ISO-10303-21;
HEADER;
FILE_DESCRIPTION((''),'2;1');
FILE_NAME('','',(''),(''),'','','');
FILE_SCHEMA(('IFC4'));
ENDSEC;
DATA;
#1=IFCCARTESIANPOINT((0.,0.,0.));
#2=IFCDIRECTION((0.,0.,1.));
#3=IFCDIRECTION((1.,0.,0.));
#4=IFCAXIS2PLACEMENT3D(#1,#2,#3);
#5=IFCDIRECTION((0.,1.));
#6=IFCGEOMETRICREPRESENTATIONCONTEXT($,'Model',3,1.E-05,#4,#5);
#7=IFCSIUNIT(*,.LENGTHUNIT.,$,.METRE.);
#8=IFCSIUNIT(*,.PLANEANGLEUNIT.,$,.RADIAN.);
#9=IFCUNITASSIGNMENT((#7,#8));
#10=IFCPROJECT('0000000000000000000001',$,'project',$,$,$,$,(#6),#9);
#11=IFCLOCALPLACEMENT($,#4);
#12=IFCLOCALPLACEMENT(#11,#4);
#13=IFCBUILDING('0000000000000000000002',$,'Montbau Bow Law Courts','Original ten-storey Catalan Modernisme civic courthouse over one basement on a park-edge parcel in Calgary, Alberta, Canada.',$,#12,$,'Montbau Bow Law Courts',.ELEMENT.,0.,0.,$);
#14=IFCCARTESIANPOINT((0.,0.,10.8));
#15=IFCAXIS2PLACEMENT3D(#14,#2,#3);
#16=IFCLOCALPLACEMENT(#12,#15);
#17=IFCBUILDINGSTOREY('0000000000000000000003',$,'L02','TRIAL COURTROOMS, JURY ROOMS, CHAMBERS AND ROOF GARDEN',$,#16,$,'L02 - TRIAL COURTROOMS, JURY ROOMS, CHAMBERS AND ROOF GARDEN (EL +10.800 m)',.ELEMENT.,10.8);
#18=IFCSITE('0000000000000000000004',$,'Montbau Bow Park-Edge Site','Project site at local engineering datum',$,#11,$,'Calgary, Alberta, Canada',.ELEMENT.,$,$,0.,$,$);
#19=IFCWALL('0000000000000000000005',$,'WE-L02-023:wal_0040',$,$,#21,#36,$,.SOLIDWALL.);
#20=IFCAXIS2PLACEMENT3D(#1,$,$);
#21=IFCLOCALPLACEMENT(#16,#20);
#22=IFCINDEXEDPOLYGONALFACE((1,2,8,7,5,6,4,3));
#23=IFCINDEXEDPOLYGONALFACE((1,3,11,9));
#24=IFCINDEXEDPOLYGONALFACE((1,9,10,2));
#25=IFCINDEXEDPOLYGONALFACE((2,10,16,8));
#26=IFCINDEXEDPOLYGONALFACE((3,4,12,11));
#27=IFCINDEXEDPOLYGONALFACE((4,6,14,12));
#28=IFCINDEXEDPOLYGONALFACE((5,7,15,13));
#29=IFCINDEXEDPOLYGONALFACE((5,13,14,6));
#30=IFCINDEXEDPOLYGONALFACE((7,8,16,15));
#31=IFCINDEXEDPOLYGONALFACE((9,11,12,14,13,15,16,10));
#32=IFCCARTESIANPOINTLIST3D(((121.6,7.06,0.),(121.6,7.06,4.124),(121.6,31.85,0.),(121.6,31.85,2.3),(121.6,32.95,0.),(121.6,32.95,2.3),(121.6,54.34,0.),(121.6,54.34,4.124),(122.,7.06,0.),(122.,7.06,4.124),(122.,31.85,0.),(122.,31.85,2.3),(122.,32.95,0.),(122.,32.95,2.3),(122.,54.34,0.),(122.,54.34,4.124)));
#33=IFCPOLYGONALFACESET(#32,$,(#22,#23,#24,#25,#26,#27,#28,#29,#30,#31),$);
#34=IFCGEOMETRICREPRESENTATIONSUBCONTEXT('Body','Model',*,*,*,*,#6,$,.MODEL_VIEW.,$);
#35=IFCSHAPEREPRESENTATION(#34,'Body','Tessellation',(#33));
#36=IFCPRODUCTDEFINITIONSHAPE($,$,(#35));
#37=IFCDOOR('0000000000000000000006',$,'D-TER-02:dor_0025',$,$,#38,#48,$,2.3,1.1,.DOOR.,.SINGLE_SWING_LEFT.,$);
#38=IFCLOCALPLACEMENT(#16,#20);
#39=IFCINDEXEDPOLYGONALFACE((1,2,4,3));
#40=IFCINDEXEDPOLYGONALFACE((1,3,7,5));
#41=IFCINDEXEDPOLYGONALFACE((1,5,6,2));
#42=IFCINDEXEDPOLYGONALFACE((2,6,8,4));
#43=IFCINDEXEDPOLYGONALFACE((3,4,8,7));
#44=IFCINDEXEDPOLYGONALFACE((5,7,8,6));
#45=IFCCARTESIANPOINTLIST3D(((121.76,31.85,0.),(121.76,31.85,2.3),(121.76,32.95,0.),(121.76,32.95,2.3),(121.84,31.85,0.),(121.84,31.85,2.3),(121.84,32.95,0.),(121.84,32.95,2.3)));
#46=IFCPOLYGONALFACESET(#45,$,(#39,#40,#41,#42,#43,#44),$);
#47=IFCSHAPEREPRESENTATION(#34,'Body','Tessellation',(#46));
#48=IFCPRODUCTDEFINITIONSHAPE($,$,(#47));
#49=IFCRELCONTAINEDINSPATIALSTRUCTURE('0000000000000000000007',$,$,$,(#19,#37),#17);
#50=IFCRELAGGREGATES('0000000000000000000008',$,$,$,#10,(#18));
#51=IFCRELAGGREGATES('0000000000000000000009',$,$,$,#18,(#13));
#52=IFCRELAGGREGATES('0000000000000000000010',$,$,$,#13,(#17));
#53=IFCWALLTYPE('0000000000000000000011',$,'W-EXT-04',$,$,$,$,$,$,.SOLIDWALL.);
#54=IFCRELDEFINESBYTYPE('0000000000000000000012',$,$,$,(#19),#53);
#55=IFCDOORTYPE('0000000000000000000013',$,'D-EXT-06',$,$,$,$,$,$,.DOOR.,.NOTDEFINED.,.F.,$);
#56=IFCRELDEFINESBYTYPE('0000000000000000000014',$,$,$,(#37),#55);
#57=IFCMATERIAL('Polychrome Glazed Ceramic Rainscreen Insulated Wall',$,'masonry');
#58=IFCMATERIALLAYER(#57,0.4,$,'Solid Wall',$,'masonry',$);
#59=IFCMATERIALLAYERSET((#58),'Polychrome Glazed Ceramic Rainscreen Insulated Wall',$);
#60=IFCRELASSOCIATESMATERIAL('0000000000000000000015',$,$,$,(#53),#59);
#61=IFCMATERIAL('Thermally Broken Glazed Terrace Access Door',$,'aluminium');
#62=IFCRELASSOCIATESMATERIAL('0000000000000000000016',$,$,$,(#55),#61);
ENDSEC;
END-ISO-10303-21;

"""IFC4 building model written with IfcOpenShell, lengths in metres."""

from ifc_helpers import new_model, si_unit, direction, frame, frame_2d, origin_with_axes, place, context, subcontext, project, spatial, rectangle, extrude, material, layer, layer_set, type_object, element, fill, save


model = new_model("IFC4")

# Units and contexts
model_context = context("Model", 3, precision=1e-05, world=origin_with_axes(), true_north=direction((0.0, 1.0)))
body_context = subcontext(model_context, "Body", "Model", "MODEL_VIEW")
ifc_project = project(units=[si_unit("LENGTHUNIT", "METRE"), si_unit("PLANEANGLEUNIT", "RADIAN")], contexts=[model_context])

# Site, building, storey
site_placement = place(None, origin_with_axes())
site = spatial("IfcSite", under=ifc_project, at=site_placement, Name="Montbau Bow Park-Edge Site", Description="Project site at local engineering datum", LongName="Calgary, Alberta, Canada", CompositionType="ELEMENT", RefElevation=0.0)
building_placement = place(site_placement, origin_with_axes())
building = spatial("IfcBuilding", under=site, at=building_placement, Name="Montbau Bow Law Courts", Description="Original ten-storey Catalan Modernisme civic courthouse over one basement on a park-edge parcel in Calgary, Alberta, Canada.", LongName="Montbau Bow Law Courts", CompositionType="ELEMENT", ElevationOfRefHeight=0.0, ElevationOfTerrain=0.0)
storey_placement = place(building_placement, frame((0.0, 0.0, 10.8), z_axis=(0.0, 0.0, 1.0), x_axis=(1.0, 0.0, 0.0)))
storey = spatial("IfcBuildingStorey", under=building, at=storey_placement, Name="L02", Description="TRIAL COURTROOMS, JURY ROOMS, CHAMBERS AND ROOF GARDEN", LongName="L02 - TRIAL COURTROOMS, JURY ROOMS, CHAMBERS AND ROOF GARDEN (EL +10.800 m)", CompositionType="ELEMENT", Elevation=10.8)

# Wall, opening, door
ifc_material_1 = material(Name="Polychrome Glazed Ceramic Rainscreen Insulated Wall", Category="masonry")
ifc_layer_1 = layer(ifc_material_1, 0.4, Name="Solid Wall", Category="masonry")
ifc_layer_set_1 = layer_set([ifc_layer_1], Name="Polychrome Glazed Ceramic Rainscreen Insulated Wall")
wall_type = type_object("IfcWallType", Name="W-EXT-04", PredefinedType="SOLIDWALL", material=ifc_layer_set_1)
wall_placement = place(None, frame((121.8, 54.34, 10.8), z_axis=(0.0, 0.0, 1.0), x_axis=(0.0, -1.0, 0.0)))
wall = element("IfcWall", 1, at=wall_placement, inside=storey, type_object=wall_type, Name="WE-L02-023:wal_0040", PredefinedType="SOLIDWALL", context=body_context, shape_type="SweptSolid", body=[
    extrude(rectangle(XDim=47.28, YDim=0.4, at=frame_2d((23.64, 0.0), x_axis=(1.0, 0.0))), origin_with_axes(), (0.0, 0.0, 1.0), 4.124),
])
opening_placement = place(None, frame((121.8, 32.4, 10.8), z_axis=(0.0, 0.0, 1.0), x_axis=(0.0, -1.0, 0.0)))
opening = element("IfcOpeningElement", 2, at=opening_placement, cuts=wall, PredefinedType="OPENING", context=body_context, shape_type="SweptSolid", body=[
    extrude(rectangle(XDim=1.1, YDim=2.3, at=frame_2d((0.0, 1.15), x_axis=(1.0, 0.0))), frame((0.0, 0.21, 0.0), z_axis=(0.0, -1.0, 0.0), x_axis=(1.0, 0.0, 0.0)), (0.0, 0.0, 1.0), 0.42),
])
ifc_material_2 = material(Name="Thermally Broken Glazed Terrace Access Door", Category="aluminium")
door_type = type_object("IfcDoorType", Name="D-EXT-06", OperationType="NOTDEFINED", ParameterTakesPrecedence=False, PredefinedType="DOOR", material=ifc_material_2)
door_placement = place(None, frame((121.8, 32.4, 10.8), z_axis=(0.0, 0.0, 1.0), x_axis=(0.0, -1.0, 0.0)))
door = element("IfcDoor", 3, at=door_placement, inside=storey, type_object=door_type, Name="D-TER-02:dor_0025", OperationType="SINGLE_SWING_LEFT", OverallHeight=2.3, OverallWidth=1.1, PredefinedType="DOOR", context=body_context, shape_type="SweptSolid", body=[
    extrude(rectangle(XDim=1.1, YDim=2.3, at=frame_2d((0.0, 1.15), x_axis=(1.0, 0.0))), frame((0.0, 0.04, 0.0), z_axis=(0.0, -1.0, 0.0), x_axis=(1.0, 0.0, 0.0)), (0.0, 0.0, 1.0), 0.08),
])
fill(opening, door)

save(model, "model.ifc")
